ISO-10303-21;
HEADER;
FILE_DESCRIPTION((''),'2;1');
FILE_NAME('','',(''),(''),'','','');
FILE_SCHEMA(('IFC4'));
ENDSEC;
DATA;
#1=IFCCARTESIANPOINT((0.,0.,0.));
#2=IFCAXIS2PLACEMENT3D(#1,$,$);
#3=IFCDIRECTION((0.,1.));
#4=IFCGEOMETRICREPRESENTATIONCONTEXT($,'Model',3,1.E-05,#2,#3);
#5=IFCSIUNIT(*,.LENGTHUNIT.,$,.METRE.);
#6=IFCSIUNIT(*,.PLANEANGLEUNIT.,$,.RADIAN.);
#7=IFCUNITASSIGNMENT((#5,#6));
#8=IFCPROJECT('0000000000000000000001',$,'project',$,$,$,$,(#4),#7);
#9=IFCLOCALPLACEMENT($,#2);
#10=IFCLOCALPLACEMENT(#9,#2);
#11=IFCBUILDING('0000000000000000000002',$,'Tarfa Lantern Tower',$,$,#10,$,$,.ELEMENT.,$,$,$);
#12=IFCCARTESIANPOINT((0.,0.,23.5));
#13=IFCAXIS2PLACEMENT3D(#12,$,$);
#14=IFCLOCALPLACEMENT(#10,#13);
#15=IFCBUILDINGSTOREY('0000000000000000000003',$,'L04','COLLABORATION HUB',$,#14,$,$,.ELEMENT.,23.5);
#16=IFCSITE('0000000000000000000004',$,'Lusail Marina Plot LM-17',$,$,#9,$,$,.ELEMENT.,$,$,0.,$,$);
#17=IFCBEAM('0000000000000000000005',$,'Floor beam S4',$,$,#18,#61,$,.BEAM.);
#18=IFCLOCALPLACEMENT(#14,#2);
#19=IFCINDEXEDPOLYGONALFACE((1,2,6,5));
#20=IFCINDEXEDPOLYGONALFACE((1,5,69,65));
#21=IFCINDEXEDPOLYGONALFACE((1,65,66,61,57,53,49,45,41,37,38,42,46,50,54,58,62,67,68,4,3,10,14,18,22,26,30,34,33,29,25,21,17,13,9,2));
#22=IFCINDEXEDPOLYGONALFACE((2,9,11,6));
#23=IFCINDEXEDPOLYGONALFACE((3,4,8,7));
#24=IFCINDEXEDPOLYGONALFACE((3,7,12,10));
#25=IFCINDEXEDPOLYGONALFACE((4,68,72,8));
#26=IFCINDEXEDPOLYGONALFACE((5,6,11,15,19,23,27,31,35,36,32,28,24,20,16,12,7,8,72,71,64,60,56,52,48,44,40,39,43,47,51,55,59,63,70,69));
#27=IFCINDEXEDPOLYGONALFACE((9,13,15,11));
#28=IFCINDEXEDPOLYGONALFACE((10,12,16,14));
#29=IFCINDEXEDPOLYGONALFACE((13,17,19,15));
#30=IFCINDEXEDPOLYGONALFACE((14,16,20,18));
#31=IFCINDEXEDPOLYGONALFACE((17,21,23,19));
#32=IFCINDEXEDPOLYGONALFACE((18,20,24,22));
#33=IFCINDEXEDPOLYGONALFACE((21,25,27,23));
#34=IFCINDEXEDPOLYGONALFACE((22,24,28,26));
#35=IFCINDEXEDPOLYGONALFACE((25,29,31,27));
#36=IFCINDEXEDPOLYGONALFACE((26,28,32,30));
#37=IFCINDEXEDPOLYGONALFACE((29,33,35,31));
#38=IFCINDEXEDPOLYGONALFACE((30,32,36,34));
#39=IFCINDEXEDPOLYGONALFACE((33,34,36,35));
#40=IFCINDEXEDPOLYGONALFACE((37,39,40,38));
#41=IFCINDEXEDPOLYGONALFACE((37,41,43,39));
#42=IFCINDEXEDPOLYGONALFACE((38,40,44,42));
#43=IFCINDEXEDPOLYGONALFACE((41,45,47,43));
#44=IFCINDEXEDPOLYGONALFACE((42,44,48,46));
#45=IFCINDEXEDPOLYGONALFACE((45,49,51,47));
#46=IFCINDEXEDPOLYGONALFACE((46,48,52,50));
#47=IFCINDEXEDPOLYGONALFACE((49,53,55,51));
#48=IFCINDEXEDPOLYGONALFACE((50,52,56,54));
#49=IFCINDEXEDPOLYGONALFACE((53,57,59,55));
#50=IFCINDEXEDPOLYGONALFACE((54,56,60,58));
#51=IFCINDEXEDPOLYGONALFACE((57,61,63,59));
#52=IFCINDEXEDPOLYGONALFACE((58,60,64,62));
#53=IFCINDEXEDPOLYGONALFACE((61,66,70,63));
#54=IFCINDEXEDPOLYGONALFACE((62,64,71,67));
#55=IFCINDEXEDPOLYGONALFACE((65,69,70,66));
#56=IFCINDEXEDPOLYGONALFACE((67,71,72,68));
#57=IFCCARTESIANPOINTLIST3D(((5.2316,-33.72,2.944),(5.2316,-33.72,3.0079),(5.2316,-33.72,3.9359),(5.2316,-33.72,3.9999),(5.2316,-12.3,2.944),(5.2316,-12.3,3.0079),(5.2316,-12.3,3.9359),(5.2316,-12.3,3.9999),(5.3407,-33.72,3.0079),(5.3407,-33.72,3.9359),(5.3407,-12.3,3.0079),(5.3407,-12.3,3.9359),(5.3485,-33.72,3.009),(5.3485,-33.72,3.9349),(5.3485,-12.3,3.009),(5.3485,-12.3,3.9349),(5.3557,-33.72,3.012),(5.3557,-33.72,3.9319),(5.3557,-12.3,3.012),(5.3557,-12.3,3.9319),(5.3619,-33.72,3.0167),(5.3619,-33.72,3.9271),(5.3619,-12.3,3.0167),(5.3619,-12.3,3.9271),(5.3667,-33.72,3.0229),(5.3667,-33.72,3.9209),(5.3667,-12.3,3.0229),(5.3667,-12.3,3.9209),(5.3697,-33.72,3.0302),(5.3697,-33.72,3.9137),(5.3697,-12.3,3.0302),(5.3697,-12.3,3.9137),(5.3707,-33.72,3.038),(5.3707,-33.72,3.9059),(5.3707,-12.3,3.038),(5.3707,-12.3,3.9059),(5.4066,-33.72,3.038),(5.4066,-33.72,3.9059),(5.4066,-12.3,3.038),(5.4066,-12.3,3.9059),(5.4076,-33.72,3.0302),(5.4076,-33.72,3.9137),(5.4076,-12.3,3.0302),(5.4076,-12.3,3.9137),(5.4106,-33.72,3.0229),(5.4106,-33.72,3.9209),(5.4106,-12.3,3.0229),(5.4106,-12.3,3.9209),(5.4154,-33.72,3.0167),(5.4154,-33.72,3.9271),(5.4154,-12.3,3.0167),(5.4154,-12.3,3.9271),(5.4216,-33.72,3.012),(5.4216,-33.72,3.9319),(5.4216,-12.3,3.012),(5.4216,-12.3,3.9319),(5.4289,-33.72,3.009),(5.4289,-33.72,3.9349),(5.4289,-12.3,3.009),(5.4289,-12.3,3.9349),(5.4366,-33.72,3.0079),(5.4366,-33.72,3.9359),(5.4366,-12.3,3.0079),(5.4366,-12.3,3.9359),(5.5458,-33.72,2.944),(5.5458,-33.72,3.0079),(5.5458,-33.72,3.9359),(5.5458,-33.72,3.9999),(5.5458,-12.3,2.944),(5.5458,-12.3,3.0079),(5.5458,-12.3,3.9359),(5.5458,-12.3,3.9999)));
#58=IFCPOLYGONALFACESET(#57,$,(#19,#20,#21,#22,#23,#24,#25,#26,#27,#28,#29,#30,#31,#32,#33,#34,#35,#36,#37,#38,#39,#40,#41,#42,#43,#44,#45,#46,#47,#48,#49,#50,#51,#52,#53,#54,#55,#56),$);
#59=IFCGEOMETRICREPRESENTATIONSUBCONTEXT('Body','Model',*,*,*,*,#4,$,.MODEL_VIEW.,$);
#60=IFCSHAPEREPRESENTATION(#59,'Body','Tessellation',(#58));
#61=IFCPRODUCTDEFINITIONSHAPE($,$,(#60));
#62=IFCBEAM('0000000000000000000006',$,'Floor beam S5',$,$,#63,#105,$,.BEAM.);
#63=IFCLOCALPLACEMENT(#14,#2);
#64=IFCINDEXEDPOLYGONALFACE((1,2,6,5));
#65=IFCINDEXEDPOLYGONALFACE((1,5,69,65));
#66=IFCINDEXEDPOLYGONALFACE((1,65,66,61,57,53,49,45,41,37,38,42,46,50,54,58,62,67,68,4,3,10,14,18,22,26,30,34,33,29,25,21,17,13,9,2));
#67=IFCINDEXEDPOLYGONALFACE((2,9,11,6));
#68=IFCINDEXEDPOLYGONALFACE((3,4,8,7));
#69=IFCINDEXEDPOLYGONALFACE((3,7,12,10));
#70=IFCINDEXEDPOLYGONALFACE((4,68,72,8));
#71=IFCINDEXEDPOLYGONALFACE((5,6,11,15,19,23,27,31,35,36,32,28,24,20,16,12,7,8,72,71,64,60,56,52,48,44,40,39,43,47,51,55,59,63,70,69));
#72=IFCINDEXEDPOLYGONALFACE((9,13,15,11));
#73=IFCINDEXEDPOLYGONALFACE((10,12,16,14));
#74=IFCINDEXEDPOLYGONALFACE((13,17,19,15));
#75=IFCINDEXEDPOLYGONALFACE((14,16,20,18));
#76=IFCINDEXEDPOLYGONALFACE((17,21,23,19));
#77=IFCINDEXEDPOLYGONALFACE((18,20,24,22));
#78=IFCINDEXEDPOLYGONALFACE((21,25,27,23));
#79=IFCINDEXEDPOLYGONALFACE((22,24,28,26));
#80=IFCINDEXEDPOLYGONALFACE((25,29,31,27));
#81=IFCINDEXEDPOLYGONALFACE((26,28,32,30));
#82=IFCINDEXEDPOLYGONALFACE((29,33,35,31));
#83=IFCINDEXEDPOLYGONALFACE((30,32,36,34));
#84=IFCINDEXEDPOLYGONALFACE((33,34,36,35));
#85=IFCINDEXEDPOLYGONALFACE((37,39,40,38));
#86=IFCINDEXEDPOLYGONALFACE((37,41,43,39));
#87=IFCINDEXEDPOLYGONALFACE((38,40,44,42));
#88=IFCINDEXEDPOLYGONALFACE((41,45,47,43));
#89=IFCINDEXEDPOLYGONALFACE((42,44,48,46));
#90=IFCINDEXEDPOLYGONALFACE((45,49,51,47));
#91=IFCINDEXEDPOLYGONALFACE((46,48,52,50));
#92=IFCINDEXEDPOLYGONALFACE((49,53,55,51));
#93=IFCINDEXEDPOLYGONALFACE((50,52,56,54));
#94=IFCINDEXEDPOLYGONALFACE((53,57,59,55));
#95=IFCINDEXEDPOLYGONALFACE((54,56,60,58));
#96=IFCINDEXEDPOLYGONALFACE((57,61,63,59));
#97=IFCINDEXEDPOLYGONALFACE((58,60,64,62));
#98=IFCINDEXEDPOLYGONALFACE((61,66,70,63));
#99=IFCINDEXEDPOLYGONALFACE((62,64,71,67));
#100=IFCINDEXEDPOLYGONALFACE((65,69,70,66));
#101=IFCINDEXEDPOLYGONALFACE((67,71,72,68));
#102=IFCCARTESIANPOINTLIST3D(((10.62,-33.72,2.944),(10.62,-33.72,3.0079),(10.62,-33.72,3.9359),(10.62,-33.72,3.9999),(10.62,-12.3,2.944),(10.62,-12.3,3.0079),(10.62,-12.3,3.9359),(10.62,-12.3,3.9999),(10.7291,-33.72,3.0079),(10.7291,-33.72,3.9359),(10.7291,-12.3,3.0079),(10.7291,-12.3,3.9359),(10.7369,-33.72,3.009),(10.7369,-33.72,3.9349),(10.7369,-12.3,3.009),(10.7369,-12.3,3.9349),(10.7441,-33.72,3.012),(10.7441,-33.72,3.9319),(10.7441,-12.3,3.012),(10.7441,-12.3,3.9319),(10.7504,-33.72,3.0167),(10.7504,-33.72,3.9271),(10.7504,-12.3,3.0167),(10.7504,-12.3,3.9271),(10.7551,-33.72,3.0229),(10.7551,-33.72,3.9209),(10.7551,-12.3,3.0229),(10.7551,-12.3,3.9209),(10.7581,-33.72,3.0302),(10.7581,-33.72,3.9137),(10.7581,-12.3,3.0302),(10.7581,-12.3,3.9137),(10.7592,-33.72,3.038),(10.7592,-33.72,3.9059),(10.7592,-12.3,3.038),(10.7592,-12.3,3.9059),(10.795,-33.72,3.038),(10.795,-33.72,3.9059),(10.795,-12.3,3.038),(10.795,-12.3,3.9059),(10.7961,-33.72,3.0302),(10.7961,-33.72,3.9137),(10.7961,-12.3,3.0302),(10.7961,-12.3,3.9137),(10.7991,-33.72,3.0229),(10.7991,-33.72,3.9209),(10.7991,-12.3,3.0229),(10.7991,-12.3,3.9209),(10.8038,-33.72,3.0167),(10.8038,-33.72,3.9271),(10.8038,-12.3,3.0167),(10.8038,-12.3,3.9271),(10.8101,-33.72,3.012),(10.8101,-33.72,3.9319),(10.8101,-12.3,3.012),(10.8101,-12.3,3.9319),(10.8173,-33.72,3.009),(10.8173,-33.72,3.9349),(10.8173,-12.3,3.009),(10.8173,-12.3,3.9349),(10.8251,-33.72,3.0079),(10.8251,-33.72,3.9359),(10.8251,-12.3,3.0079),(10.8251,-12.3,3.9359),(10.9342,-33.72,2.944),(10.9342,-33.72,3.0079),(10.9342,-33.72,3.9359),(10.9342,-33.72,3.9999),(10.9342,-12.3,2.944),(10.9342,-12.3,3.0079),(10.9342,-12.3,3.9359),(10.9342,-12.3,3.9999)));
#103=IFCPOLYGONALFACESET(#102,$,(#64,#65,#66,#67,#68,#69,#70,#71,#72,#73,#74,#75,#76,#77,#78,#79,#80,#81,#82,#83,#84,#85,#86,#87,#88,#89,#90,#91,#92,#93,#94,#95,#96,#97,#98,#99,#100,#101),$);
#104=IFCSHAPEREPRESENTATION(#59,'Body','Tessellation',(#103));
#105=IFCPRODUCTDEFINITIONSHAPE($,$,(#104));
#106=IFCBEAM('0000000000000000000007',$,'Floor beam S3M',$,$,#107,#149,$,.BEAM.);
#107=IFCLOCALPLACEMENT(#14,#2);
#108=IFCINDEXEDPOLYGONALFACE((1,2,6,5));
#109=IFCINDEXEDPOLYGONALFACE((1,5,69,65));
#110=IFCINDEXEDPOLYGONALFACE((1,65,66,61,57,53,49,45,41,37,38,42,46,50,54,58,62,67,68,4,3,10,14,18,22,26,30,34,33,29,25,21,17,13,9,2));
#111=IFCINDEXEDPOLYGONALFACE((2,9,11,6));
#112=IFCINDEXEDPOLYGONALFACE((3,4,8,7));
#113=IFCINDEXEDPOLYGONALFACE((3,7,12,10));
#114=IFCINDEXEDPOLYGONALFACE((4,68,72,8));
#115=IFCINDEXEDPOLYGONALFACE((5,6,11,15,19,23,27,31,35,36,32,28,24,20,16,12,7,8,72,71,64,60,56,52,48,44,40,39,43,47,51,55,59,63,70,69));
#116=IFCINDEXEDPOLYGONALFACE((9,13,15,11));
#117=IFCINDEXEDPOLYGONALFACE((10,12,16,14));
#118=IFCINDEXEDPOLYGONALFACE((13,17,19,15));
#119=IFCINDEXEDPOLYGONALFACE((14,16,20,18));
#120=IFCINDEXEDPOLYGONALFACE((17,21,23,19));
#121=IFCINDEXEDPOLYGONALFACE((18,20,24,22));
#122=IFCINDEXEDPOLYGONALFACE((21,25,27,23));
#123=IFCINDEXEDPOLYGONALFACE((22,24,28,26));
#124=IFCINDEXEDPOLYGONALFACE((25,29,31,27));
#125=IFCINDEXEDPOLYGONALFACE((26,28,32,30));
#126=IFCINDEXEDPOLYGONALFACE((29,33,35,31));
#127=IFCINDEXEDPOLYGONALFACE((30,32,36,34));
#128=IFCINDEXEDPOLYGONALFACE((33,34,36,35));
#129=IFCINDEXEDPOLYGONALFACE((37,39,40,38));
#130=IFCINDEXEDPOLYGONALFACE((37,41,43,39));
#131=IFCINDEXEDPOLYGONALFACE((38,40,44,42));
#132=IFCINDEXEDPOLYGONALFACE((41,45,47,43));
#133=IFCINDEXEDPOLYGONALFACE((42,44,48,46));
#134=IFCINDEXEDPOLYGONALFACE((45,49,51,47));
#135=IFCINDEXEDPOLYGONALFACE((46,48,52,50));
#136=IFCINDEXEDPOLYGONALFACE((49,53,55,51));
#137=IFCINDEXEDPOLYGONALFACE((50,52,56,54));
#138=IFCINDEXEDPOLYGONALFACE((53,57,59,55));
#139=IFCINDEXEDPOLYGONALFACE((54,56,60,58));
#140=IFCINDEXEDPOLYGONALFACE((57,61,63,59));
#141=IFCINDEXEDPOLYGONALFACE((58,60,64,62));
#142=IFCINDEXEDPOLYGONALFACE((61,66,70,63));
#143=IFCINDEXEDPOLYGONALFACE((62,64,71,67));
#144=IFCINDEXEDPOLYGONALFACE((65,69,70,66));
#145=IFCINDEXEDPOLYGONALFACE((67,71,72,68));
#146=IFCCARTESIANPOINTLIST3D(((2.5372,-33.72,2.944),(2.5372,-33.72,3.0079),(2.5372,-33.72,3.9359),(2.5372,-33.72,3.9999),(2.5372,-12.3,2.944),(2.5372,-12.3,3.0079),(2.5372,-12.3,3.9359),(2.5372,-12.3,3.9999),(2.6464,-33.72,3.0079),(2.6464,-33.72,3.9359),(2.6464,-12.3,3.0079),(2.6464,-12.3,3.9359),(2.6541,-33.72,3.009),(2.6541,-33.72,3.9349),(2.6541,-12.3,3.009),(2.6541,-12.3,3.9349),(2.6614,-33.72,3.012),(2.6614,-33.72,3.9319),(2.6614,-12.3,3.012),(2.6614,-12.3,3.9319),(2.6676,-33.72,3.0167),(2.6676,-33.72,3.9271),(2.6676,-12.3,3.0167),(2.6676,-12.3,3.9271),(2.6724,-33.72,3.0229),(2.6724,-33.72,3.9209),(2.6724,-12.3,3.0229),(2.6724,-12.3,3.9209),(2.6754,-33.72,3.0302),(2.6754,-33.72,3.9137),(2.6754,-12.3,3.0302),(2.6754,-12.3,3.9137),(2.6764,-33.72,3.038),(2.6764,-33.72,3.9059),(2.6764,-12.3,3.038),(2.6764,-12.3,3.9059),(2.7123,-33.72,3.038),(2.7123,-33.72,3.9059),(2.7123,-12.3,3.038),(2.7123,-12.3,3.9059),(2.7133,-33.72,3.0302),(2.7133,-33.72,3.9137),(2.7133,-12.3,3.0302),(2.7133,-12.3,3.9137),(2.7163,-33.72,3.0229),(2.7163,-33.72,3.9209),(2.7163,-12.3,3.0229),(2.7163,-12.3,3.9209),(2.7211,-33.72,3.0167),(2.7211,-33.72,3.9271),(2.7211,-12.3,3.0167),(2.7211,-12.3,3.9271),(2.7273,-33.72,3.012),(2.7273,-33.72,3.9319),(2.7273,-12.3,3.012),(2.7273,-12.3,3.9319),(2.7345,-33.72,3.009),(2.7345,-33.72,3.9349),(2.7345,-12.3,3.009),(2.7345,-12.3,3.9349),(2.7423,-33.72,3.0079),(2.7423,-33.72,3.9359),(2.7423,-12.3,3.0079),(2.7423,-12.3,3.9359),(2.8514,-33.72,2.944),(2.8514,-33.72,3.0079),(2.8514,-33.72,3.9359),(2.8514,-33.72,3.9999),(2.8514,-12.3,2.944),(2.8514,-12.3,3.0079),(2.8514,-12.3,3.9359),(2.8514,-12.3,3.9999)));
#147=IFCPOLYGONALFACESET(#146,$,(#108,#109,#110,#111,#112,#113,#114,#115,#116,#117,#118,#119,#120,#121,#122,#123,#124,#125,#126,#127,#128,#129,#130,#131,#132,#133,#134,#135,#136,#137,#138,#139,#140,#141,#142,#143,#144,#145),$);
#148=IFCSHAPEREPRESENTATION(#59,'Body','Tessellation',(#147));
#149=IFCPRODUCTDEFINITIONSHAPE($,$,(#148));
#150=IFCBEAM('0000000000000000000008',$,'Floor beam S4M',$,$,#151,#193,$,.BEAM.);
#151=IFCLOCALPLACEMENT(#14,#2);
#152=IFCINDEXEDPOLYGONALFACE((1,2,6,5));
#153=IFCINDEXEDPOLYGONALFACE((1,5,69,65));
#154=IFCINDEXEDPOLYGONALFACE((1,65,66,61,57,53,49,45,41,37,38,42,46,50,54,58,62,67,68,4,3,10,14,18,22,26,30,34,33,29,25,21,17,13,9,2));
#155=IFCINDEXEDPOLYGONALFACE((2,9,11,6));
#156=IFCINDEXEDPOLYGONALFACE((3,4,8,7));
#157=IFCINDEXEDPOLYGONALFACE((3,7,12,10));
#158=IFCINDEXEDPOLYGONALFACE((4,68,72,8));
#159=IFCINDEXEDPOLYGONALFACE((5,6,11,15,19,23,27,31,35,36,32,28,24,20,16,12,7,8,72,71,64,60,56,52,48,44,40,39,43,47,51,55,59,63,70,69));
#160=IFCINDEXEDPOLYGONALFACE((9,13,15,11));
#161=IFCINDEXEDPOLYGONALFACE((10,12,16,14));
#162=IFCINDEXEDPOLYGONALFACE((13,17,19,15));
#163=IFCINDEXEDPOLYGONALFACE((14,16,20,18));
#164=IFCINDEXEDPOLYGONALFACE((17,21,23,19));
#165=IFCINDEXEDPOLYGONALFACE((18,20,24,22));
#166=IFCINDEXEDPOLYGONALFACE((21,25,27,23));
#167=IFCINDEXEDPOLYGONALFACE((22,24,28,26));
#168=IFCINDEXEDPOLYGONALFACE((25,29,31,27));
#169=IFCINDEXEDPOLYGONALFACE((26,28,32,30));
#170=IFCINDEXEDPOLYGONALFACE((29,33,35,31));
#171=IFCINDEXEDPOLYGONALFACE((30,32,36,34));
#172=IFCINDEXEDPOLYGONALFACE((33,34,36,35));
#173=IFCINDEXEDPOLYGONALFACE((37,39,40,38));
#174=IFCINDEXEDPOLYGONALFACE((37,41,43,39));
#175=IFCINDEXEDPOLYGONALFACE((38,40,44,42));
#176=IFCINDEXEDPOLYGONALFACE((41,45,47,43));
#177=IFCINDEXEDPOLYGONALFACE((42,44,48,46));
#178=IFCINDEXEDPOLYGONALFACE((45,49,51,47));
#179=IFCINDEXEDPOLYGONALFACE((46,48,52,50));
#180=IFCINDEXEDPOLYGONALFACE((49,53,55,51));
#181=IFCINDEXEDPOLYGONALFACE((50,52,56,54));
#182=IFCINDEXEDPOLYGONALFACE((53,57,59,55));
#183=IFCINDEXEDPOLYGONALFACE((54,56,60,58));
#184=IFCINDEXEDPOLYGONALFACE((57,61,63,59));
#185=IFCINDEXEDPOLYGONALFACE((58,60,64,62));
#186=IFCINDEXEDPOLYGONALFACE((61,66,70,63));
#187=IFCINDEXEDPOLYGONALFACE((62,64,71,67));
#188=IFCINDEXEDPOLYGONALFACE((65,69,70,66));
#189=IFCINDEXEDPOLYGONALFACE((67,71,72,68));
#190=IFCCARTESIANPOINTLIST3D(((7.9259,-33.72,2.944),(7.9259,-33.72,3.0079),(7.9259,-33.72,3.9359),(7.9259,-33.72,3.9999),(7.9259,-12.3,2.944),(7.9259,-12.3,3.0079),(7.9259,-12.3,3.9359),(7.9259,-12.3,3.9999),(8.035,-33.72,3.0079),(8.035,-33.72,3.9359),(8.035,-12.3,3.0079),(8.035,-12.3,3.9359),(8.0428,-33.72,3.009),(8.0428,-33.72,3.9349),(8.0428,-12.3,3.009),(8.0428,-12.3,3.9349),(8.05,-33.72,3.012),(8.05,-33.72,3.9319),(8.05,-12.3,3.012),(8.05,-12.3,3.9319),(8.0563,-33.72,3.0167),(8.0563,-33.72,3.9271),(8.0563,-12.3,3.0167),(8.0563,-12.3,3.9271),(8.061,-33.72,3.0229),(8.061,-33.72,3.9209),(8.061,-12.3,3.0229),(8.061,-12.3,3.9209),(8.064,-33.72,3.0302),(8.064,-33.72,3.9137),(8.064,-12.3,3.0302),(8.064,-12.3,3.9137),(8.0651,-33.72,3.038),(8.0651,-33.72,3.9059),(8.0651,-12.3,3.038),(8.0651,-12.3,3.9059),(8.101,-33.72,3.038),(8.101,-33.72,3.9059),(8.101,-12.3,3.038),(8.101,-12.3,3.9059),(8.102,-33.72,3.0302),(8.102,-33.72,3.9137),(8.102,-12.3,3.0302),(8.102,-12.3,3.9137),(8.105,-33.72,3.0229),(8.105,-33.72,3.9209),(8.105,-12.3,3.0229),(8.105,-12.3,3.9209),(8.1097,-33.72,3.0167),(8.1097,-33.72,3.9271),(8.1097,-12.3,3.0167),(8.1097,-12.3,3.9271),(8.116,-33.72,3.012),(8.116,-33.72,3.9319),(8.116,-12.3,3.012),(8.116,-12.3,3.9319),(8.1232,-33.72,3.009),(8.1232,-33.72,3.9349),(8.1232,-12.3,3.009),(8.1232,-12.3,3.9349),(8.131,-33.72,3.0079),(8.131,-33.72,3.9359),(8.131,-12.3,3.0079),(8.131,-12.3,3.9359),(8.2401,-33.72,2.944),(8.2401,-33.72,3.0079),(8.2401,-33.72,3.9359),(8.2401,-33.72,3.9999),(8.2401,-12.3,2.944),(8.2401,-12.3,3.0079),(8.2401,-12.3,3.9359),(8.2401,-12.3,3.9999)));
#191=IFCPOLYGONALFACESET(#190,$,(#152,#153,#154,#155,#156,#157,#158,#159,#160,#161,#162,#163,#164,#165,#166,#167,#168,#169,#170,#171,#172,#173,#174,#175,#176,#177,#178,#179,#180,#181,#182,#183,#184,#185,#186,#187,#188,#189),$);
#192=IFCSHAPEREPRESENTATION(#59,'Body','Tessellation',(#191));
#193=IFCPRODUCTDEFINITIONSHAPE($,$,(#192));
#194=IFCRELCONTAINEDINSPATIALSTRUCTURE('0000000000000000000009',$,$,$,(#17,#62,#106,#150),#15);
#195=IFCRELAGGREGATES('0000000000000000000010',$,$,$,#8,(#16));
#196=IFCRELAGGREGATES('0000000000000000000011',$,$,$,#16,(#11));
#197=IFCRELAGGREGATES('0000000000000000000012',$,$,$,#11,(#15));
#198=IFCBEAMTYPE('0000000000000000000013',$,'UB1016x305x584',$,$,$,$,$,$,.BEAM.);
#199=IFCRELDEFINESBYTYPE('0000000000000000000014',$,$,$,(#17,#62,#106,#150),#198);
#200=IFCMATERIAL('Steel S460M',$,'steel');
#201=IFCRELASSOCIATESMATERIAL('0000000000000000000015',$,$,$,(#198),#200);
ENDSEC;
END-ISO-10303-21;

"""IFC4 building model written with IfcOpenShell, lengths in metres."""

from ifc_helpers import new_model, si_unit, direction, frame, origin, origin_2d, place, context, subcontext, project, spatial, i_section, extrude, material, material_profile, profile_set, type_object, element, save


model = new_model("IFC4")

# Units and contexts
model_context = context("Model", 3, precision=1e-05, world=origin(), true_north=direction((0.0, 1.0)))
body_context = subcontext(model_context, "Body", "Model", "MODEL_VIEW")
ifc_project = project(units=[si_unit("LENGTHUNIT", "METRE"), si_unit("PLANEANGLEUNIT", "RADIAN")], contexts=[model_context])

# Site, building, storey
site_placement = place(None, origin())
site = spatial("IfcSite", under=ifc_project, at=site_placement, Name="Lusail Marina Plot LM-17", CompositionType="ELEMENT", RefElevation=0.0)
building_placement = place(site_placement, origin())
building = spatial("IfcBuilding", under=site, at=building_placement, Name="Tarfa Lantern Tower", CompositionType="ELEMENT")
storey_placement = place(building_placement, frame((0.0, 0.0, 23.5)))
storey = spatial("IfcBuildingStorey", under=building, at=storey_placement, Name="L04", Description="COLLABORATION HUB", CompositionType="ELEMENT", Elevation=23.5)

# Beams
ifc_material_1 = material(Name="Steel S460M", Category="steel")
ifc_material_profile_1 = material_profile(ifc_material_1, i_section(OverallWidth=0.3142, OverallDepth=1.0559, WebThickness=0.0359, FlangeThickness=0.064, FilletRadius=0.03, at=origin_2d()), Name="UB1016x305x584")
ifc_profile_set_1 = profile_set([ifc_material_profile_1], Name="Steel S460M")
beam_type_1 = type_object("IfcBeamType", Name="UB1016x305x584", PredefinedType="BEAM", material=ifc_profile_set_1)
for number, where, z_axis, x_axis, name in (
    (1, (5.3887, -33.72, 3.4719), (0.0, 1.0, 0.0), (-1.0, 0.0, 0.0), "Floor beam S4"),
    (2, (10.7771, -33.72, 3.4719), (0.0, 1.0, 0.0), (-1.0, 0.0, 0.0), "Floor beam S5"),
    (3, (2.6943, -33.72, 3.4719), (0.0, 1.0, 0.0), (-1.0, 0.0, 0.0), "Floor beam S3M"),
    (4, (8.083, -33.72, 3.4719), (0.0, 1.0, 0.0), (-1.0, 0.0, 0.0), "Floor beam S4M"),
):
    element("IfcBeam", number, at=place(storey_placement, frame(where, z_axis=z_axis, x_axis=x_axis)), inside=storey, type_object=beam_type_1, Name=name, PredefinedType="BEAM", context=body_context, shape_type="SweptSolid", body=[
        extrude(i_section(OverallWidth=0.3142, OverallDepth=1.0559, WebThickness=0.0359, FlangeThickness=0.064, FilletRadius=0.03, at=origin_2d()), origin(), (0.0, 0.0, 1.0), 21.4199),
    ])

save(model, "model.ifc")
